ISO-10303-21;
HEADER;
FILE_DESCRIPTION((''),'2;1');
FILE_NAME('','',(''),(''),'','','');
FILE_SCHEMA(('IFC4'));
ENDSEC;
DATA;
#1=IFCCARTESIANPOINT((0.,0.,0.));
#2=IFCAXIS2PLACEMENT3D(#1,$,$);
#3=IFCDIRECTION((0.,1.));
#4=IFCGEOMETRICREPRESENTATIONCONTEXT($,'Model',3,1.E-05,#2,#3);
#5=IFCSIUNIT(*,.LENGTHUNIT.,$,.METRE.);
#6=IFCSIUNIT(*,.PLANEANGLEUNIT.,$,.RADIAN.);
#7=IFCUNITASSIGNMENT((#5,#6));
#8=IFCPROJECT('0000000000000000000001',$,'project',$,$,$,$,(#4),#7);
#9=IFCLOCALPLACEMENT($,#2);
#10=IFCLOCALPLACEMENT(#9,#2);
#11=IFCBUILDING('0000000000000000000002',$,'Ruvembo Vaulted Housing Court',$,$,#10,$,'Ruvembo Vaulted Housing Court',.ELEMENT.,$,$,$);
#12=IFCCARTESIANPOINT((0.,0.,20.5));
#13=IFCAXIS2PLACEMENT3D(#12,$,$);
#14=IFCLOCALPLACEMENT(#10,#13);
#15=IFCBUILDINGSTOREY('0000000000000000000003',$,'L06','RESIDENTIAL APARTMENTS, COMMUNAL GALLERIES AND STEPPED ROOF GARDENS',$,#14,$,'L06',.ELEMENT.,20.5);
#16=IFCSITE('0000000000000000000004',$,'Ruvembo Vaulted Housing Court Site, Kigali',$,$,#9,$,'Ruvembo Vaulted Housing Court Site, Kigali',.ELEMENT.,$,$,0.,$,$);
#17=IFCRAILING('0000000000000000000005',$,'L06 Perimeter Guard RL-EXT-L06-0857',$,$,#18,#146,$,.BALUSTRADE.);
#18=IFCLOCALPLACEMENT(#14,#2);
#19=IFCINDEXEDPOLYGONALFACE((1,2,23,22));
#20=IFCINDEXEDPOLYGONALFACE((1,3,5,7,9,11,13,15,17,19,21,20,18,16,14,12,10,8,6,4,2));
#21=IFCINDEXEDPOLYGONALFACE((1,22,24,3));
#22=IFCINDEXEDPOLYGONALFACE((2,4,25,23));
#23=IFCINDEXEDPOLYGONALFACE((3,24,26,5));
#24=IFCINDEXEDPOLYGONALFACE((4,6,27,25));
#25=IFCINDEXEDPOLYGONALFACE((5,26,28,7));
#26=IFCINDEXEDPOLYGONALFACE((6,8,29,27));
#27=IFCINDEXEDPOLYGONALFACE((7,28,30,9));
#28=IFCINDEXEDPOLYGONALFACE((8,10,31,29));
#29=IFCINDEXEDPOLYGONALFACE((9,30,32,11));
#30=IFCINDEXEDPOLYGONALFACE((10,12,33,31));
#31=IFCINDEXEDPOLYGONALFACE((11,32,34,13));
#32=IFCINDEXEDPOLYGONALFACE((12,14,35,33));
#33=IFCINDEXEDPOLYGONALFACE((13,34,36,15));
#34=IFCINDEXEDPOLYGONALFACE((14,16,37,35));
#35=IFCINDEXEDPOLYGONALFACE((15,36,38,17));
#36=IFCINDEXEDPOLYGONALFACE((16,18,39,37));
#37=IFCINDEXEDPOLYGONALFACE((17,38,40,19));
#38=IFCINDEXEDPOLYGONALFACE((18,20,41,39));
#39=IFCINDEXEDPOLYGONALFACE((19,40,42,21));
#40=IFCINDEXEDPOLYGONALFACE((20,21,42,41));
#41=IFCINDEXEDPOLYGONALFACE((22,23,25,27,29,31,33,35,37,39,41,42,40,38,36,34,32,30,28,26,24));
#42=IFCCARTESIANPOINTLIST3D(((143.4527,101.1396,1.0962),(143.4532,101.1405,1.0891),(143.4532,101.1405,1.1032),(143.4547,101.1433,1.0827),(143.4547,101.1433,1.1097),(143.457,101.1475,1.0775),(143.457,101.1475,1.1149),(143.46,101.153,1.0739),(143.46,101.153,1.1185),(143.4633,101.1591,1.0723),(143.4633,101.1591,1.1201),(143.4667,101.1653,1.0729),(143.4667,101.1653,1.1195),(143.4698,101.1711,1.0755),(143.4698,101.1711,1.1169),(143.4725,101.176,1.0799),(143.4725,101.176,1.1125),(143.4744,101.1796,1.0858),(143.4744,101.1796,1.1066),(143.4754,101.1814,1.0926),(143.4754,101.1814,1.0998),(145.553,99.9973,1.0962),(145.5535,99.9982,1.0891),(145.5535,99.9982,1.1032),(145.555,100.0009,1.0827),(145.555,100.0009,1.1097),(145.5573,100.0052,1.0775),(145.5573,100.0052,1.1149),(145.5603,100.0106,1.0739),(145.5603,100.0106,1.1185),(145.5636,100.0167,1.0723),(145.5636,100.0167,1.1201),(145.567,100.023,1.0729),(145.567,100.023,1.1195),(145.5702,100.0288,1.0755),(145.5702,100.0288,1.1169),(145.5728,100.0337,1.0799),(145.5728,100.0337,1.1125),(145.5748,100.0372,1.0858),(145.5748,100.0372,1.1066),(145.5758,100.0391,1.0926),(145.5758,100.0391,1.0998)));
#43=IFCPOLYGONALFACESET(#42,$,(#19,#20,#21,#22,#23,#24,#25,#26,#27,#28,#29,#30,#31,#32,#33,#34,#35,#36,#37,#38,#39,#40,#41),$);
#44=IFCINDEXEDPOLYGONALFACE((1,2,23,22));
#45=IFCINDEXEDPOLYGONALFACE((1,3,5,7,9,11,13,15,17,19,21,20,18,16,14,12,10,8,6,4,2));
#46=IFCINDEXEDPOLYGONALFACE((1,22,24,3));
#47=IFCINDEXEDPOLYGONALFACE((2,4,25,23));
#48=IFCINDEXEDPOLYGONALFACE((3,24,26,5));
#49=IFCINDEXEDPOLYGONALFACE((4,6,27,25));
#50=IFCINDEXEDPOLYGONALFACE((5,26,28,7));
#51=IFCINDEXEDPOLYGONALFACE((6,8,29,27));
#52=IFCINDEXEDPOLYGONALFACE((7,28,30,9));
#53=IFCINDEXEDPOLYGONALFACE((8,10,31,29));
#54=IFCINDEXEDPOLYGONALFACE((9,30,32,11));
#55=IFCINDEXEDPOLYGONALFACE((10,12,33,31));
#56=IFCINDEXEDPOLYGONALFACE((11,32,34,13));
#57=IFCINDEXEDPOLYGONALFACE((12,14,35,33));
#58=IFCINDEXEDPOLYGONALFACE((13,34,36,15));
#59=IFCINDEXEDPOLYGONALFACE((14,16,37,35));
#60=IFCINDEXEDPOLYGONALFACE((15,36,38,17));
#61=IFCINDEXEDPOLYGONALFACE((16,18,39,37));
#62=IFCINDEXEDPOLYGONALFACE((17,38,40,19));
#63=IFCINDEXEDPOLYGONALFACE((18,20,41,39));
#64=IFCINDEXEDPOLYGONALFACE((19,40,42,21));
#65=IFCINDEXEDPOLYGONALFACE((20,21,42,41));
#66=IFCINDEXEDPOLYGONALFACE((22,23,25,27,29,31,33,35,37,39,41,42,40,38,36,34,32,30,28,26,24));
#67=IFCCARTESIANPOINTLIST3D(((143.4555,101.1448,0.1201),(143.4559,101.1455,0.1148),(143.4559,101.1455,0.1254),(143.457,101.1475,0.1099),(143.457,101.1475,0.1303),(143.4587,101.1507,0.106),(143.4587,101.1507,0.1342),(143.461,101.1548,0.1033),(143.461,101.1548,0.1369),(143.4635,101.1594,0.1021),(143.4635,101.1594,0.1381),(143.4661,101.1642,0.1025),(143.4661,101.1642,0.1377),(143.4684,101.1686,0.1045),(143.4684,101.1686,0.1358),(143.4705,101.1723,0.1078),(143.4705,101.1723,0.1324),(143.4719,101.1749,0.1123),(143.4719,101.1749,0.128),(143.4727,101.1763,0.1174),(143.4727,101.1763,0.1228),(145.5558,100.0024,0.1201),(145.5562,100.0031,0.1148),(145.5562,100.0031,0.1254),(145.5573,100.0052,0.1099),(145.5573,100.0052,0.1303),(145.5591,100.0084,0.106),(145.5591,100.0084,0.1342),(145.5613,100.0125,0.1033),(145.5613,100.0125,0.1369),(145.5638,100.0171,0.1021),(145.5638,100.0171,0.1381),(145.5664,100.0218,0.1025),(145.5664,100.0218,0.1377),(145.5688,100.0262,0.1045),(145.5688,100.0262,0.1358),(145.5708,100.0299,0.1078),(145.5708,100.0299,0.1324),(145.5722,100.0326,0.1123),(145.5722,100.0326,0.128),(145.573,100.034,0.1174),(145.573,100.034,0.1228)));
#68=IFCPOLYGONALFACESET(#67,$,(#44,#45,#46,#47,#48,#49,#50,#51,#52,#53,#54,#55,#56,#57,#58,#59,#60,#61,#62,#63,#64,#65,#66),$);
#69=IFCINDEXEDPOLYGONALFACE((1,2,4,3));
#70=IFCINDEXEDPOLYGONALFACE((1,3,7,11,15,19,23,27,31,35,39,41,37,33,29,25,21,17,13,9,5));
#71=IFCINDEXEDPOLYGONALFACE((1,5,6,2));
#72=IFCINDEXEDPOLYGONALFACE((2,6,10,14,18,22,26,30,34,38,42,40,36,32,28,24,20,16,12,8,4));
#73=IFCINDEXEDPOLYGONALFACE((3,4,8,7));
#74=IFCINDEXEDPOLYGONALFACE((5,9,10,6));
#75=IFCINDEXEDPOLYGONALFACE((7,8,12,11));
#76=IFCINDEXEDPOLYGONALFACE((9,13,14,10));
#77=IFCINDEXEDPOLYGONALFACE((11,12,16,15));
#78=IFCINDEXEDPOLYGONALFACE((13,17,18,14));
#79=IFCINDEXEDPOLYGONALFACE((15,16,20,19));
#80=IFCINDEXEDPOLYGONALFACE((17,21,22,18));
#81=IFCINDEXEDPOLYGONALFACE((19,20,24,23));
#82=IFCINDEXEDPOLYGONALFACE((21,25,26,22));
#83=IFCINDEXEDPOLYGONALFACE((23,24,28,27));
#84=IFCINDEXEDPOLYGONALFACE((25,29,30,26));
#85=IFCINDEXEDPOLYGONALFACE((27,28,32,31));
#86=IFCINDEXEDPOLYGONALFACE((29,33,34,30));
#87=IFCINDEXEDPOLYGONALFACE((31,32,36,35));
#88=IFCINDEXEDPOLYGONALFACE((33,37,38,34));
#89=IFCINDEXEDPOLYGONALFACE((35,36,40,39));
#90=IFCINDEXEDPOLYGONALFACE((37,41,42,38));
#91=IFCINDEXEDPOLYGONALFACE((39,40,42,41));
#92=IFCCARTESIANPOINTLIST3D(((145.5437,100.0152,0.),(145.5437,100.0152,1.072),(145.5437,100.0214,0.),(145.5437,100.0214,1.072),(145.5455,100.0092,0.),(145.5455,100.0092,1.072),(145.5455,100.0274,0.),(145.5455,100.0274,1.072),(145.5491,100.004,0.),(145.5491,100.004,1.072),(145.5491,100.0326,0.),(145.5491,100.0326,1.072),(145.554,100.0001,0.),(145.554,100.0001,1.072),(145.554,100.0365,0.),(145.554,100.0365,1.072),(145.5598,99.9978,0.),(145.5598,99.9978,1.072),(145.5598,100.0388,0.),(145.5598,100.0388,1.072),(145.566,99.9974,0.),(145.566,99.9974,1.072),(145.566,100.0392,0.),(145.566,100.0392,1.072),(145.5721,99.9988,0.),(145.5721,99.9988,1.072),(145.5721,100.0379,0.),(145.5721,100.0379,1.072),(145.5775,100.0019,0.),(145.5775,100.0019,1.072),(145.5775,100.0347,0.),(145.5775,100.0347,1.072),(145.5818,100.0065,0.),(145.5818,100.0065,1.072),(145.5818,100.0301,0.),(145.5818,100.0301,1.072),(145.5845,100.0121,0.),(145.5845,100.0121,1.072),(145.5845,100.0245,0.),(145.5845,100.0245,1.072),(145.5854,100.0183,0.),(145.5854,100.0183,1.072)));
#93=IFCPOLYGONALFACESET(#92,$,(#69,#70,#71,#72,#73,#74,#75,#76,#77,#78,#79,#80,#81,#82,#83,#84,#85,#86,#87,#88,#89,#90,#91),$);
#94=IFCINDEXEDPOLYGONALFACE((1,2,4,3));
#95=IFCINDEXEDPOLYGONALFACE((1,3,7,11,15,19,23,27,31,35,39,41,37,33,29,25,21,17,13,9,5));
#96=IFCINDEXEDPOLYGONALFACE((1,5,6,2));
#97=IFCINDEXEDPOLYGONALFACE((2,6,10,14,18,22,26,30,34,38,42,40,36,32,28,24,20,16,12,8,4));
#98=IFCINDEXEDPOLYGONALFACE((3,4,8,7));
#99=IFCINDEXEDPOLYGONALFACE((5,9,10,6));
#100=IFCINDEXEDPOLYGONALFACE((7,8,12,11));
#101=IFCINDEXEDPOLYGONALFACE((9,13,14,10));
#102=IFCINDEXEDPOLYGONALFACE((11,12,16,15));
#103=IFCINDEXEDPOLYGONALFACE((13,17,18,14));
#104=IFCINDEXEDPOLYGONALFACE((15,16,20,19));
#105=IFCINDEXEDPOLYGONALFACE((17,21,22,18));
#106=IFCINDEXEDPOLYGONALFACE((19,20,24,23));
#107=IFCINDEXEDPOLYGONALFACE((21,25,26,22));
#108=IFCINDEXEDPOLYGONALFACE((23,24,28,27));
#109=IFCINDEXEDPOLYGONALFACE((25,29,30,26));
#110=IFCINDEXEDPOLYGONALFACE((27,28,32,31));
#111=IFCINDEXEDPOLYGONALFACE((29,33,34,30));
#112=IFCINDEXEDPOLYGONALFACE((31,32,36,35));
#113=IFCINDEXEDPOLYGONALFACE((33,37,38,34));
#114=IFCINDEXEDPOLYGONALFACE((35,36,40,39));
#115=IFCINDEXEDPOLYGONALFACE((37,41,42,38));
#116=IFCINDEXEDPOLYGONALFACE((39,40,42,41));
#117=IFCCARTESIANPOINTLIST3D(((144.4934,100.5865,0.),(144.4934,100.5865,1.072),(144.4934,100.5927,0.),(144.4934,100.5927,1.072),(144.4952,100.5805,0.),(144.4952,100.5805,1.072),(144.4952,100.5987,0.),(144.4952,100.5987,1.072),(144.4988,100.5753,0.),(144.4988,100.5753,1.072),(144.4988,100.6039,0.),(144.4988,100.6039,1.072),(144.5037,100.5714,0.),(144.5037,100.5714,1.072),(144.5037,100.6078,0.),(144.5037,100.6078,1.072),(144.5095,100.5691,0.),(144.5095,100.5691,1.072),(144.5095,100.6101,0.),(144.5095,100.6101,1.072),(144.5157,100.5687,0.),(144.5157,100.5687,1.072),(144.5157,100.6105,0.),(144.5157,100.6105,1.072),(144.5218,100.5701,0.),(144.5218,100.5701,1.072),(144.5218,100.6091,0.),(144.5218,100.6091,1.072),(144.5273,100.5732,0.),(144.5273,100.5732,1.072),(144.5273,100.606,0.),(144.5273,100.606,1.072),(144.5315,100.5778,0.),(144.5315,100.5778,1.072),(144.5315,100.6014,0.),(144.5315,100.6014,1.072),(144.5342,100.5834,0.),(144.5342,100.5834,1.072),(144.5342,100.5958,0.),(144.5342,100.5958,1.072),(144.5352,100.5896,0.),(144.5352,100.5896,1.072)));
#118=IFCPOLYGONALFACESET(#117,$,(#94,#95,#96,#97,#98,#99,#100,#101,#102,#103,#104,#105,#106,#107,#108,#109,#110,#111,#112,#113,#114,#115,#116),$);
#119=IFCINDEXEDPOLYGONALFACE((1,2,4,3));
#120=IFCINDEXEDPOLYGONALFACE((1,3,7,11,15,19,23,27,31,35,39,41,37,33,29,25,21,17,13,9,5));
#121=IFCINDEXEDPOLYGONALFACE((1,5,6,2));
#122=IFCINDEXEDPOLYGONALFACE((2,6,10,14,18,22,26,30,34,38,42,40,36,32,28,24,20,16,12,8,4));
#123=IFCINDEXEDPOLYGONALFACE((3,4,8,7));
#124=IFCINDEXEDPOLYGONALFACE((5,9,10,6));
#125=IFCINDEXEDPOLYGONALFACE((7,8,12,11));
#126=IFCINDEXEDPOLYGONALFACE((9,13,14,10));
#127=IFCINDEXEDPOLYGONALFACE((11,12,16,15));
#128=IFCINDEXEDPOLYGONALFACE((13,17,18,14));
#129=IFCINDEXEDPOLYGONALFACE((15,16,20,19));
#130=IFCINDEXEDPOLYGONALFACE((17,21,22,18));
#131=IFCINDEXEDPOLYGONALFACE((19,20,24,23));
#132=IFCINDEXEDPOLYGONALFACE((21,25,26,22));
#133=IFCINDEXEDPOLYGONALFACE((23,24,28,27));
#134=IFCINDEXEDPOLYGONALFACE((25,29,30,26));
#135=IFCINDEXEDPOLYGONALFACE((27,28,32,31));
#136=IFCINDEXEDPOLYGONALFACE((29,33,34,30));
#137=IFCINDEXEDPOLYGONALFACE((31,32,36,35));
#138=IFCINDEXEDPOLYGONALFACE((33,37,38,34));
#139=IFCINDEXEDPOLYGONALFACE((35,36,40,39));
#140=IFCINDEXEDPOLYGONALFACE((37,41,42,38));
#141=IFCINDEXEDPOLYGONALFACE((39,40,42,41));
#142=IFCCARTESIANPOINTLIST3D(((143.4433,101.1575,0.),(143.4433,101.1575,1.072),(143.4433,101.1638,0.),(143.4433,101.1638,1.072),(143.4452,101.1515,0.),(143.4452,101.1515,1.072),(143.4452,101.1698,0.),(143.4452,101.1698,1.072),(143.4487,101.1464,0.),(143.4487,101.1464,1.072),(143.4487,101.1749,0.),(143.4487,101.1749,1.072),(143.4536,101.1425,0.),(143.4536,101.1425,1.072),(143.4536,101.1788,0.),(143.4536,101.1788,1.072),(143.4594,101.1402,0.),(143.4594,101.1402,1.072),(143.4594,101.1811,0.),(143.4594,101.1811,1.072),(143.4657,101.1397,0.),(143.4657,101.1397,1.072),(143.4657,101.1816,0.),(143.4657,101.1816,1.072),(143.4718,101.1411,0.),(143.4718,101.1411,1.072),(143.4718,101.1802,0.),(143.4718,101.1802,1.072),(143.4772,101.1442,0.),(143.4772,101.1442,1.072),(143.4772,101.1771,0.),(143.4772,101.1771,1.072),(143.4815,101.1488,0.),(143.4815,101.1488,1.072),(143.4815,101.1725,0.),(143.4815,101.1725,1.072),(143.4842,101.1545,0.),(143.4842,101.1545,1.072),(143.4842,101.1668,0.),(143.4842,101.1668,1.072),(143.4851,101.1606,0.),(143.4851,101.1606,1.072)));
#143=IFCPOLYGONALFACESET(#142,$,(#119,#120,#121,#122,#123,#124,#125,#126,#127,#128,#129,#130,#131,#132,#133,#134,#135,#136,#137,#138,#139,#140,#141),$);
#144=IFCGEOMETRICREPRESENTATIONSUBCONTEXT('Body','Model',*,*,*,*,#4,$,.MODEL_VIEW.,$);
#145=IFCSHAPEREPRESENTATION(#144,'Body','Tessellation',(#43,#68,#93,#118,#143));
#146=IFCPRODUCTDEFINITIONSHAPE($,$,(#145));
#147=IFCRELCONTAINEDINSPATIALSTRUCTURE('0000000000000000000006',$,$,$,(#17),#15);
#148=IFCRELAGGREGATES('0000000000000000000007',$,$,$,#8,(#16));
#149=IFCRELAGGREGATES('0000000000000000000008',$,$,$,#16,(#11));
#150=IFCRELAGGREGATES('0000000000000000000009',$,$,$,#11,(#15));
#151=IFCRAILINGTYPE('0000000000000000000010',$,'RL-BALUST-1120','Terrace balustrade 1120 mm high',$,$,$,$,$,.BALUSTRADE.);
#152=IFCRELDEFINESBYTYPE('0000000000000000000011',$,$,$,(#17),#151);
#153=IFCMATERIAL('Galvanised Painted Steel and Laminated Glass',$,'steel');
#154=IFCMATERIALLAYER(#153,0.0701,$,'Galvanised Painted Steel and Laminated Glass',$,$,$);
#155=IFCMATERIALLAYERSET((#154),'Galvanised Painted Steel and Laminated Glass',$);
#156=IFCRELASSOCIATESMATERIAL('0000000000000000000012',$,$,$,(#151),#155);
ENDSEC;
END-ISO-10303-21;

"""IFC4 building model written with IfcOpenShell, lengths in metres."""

from ifc_helpers import new_model, si_unit, direction, frame, origin, origin_2d, place, context, subcontext, project, spatial, circle, extrude, material, layer, layer_set, type_object, element, save


model = new_model("IFC4")

# Units and contexts
model_context = context("Model", 3, precision=1e-05, world=origin(), true_north=direction((0.0, 1.0)))
body_context = subcontext(model_context, "Body", "Model", "MODEL_VIEW")
ifc_project = project(units=[si_unit("LENGTHUNIT", "METRE"), si_unit("PLANEANGLEUNIT", "RADIAN")], contexts=[model_context])

# Site, building, storey
site_placement = place(None, origin())
site = spatial("IfcSite", under=ifc_project, at=site_placement, Name="Ruvembo Vaulted Housing Court Site, Kigali", LongName="Ruvembo Vaulted Housing Court Site, Kigali", CompositionType="ELEMENT", RefElevation=0.0)
building_placement = place(site_placement, origin())
building = spatial("IfcBuilding", under=site, at=building_placement, Name="Ruvembo Vaulted Housing Court", LongName="Ruvembo Vaulted Housing Court", CompositionType="ELEMENT")
storey_placement = place(building_placement, frame((0.0, 0.0, 20.5)))
storey = spatial("IfcBuildingStorey", under=building, at=storey_placement, Name="L06", Description="RESIDENTIAL APARTMENTS, COMMUNAL GALLERIES AND STEPPED ROOF GARDENS", LongName="L06", CompositionType="ELEMENT", Elevation=20.5)

# Railing
ifc_material_1 = material(Name="Galvanised Painted Steel and Laminated Glass", Category="steel")
ifc_layer_1 = layer(ifc_material_1, 0.0701, Name="Galvanised Painted Steel and Laminated Glass")
ifc_layer_set_1 = layer_set([ifc_layer_1], Name="Galvanised Painted Steel and Laminated Glass")
railing_type = type_object("IfcRailingType", Name="RL-BALUST-1120", Description="Terrace balustrade 1120 mm high", PredefinedType="BALUSTRADE", material=ifc_layer_set_1)
railing_1_placement = place(storey_placement, frame((145.5645, 100.0183, 0.0)))
element("IfcRailing", 1, at=railing_1_placement, inside=storey, type_object=railing_type, Name="L06 Perimeter Guard RL-EXT-L06-0857", PredefinedType="BALUSTRADE", context=body_context, shape_type="SweptSolid", body=[
    extrude(circle(Radius=0.0239, at=origin_2d()), frame((0.0, 0.0, 1.0962), z_axis=(-0.878476, 0.477786, 0.0), x_axis=(-0.477786, -0.878476, 0.0)), (0.0, 0.0, 1.0), 2.3909),
    extrude(circle(Radius=0.0181, at=origin_2d()), frame((0.0, 0.0, 0.1201), z_axis=(-0.878476, 0.477786, 0.0), x_axis=(-0.477786, -0.878476, 0.0)), (0.0, 0.0, 1.0), 2.3909),
    extrude(circle(Radius=0.021, at=origin_2d()), origin(), (0.0, 0.0, 1.0), 1.072),
    extrude(circle(Radius=0.021, at=origin_2d()), frame((-1.0503, 0.5713, 0.0)), (0.0, 0.0, 1.0), 1.072),
    extrude(circle(Radius=0.021, at=origin_2d()), frame((-2.1003, 1.1423, 0.0)), (0.0, 0.0, 1.0), 1.072),
])

save(model, "model.ifc")
